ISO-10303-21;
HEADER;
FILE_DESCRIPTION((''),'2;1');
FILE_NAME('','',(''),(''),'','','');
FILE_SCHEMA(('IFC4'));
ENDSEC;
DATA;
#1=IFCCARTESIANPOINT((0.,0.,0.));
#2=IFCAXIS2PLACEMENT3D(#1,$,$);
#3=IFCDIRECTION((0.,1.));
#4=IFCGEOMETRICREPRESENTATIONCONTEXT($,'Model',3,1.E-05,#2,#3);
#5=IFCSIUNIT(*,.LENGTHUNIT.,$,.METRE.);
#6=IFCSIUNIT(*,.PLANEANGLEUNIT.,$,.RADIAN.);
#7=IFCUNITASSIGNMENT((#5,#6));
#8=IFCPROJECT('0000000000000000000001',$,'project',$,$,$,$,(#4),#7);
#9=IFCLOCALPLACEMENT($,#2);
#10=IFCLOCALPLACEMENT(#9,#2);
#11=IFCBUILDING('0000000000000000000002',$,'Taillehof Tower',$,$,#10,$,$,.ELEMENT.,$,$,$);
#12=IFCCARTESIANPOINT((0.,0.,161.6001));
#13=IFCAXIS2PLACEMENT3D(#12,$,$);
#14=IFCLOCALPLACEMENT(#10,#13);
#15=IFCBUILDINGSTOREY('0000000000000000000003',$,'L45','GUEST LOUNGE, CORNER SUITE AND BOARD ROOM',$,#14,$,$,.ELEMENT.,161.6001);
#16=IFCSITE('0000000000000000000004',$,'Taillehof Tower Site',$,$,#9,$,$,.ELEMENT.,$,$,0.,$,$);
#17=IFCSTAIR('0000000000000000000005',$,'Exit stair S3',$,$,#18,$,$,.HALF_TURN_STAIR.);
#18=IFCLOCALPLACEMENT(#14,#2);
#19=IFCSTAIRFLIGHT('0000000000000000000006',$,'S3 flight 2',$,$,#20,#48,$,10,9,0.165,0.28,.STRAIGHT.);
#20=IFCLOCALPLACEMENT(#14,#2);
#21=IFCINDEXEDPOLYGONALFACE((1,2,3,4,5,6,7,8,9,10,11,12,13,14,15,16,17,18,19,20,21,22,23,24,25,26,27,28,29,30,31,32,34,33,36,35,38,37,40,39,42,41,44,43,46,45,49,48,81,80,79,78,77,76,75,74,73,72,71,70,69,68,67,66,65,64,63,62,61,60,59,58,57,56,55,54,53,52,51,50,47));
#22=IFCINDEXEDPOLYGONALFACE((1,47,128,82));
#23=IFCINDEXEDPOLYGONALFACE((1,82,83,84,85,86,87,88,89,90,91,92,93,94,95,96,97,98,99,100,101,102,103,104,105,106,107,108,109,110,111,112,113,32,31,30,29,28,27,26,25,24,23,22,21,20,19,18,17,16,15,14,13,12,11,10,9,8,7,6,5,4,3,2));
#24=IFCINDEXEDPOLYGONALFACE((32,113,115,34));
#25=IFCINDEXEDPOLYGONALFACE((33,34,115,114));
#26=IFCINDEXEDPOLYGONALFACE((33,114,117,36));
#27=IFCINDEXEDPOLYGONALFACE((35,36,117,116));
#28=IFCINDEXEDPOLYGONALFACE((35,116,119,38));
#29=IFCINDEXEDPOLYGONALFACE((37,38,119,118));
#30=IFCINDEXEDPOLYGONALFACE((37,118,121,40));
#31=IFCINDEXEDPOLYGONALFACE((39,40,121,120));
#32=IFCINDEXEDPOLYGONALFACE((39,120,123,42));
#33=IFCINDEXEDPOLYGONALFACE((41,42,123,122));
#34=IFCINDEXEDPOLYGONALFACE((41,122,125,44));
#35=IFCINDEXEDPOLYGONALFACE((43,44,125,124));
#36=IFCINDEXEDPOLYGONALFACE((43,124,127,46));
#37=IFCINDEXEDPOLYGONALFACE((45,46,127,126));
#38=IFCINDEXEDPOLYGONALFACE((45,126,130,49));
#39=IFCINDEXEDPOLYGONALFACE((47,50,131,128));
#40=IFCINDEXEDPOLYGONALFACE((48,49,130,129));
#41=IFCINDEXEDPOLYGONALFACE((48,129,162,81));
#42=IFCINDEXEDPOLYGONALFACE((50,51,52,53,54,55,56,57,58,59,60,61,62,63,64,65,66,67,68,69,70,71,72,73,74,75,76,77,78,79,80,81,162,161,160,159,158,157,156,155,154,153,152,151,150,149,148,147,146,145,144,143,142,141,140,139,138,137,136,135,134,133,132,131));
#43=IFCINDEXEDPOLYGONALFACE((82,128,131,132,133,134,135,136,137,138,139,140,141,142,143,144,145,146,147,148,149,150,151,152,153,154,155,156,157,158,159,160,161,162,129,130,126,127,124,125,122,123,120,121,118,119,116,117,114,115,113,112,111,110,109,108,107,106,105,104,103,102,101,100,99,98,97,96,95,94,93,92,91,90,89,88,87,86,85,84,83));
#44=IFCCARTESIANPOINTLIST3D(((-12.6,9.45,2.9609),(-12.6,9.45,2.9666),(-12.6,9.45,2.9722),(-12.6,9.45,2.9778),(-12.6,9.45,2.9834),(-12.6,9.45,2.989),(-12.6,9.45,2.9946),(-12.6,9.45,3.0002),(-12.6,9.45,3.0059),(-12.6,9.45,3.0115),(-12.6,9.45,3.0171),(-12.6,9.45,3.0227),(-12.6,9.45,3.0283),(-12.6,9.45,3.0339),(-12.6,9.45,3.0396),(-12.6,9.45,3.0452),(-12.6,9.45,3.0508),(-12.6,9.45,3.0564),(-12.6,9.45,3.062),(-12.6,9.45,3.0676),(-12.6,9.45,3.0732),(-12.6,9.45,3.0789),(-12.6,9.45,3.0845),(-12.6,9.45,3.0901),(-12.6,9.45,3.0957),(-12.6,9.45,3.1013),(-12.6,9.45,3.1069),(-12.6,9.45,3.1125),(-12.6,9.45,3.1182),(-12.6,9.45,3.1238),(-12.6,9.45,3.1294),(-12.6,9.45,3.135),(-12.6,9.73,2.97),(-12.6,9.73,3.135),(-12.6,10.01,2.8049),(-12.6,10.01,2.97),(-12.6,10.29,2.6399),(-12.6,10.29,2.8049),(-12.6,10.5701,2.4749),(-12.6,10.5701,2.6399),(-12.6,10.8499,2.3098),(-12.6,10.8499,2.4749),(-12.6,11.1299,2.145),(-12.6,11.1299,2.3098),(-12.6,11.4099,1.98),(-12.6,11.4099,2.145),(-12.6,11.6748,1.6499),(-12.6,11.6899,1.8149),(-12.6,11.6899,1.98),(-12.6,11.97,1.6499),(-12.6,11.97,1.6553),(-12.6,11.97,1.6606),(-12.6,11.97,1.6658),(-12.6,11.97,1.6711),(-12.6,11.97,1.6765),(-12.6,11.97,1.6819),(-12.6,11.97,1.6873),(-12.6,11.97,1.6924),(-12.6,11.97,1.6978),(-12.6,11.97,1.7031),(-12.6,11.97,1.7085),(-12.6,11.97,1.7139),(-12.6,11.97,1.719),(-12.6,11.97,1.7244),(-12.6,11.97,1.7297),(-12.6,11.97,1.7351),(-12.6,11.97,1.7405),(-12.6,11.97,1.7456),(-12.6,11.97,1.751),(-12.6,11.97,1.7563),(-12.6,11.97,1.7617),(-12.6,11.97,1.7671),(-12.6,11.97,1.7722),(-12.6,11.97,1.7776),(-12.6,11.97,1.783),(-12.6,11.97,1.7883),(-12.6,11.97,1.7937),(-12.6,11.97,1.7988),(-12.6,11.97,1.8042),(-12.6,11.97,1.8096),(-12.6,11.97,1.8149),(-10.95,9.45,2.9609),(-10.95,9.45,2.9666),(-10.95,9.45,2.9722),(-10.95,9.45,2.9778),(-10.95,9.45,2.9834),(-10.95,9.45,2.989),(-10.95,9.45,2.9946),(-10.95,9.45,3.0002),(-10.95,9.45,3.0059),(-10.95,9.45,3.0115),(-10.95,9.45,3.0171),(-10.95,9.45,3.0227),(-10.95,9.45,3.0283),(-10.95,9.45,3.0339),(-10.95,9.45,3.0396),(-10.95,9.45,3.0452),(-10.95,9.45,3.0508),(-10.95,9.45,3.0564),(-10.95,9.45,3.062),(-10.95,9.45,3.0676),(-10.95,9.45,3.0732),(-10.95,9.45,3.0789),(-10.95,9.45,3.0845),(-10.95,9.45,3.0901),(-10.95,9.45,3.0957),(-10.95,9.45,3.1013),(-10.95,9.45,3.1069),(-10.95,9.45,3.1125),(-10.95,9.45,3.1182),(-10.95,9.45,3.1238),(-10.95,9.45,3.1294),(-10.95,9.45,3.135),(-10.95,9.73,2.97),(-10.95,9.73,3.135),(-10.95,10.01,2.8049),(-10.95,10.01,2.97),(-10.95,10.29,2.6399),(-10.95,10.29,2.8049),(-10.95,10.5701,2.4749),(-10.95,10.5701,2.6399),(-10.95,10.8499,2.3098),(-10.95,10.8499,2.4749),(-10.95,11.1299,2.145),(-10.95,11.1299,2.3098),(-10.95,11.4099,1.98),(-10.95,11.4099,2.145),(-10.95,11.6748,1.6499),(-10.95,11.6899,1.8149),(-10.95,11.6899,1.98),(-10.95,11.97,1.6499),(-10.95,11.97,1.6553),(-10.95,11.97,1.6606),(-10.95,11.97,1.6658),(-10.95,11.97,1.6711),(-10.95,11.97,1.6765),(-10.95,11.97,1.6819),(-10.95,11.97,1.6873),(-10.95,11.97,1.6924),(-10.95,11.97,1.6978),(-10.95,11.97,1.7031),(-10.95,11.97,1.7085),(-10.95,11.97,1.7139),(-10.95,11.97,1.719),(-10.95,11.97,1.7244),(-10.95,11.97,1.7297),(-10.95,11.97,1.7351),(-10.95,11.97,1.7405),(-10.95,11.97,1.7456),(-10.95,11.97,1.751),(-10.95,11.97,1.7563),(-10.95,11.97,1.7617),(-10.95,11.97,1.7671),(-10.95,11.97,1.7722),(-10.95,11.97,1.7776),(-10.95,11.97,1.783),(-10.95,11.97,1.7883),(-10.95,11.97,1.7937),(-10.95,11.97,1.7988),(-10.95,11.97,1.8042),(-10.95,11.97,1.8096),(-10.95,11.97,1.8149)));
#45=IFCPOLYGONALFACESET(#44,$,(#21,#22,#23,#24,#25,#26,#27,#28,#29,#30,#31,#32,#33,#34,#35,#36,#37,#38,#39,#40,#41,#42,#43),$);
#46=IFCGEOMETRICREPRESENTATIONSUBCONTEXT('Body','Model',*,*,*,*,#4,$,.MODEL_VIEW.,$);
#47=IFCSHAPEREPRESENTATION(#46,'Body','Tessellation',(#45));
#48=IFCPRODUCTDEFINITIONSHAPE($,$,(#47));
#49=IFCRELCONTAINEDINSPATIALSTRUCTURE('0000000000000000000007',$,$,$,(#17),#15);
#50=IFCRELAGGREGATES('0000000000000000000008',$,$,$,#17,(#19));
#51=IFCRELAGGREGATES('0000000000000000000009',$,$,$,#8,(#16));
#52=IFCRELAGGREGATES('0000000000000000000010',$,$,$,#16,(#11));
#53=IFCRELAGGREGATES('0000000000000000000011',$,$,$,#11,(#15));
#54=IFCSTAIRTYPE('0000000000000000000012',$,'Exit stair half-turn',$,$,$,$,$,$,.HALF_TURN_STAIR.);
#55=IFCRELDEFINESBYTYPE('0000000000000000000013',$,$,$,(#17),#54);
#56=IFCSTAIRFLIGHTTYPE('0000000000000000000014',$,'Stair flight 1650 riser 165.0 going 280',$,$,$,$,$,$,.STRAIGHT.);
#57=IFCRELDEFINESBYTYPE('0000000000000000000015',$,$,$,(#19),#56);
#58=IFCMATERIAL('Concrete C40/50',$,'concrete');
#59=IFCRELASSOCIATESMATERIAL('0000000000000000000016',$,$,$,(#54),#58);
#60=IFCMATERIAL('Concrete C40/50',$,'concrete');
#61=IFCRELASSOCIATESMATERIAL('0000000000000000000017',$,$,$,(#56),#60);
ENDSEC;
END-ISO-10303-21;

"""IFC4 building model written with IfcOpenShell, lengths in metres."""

from ifc_helpers import new_model, si_unit, direction, frame, origin, place, context, subcontext, project, spatial, polyline, outline, extrude, material, type_object, element, aggregate, save


model = new_model("IFC4")

# Units and contexts
model_context = context("Model", 3, precision=1e-05, world=origin(), true_north=direction((0.0, 1.0)))
body_context = subcontext(model_context, "Body", "Model", "MODEL_VIEW")
ifc_project = project(units=[si_unit("LENGTHUNIT", "METRE"), si_unit("PLANEANGLEUNIT", "RADIAN")], contexts=[model_context])

# Site, building, storey
site_placement = place(None, origin())
site = spatial("IfcSite", under=ifc_project, at=site_placement, Name="Taillehof Tower Site", CompositionType="ELEMENT", RefElevation=0.0)
building_placement = place(site_placement, origin())
building = spatial("IfcBuilding", under=site, at=building_placement, Name="Taillehof Tower", CompositionType="ELEMENT")
storey_placement = place(building_placement, frame((0.0, 0.0, 161.6001)))
storey = spatial("IfcBuildingStorey", under=building, at=storey_placement, Name="L45", Description="GUEST LOUNGE, CORNER SUITE AND BOARD ROOM", CompositionType="ELEMENT", Elevation=161.6001)

# Stair, stair flight
ifc_material_1 = material(Name="Concrete C40/50", Category="concrete")
stair_type = type_object("IfcStairType", Name="Exit stair half-turn", PredefinedType="HALF_TURN_STAIR", material=ifc_material_1)
stair_placement = place(storey_placement, origin())
stair = element("IfcStair", 1, at=stair_placement, inside=storey, type_object=stair_type, Name="Exit stair S3", PredefinedType="HALF_TURN_STAIR")
ifc_material_2 = material(Name="Concrete C40/50", Category="concrete")
stair_flight_type = type_object("IfcStairFlightType", Name="Stair flight 1650 riser 165.0 going 280", PredefinedType="STRAIGHT", material=ifc_material_2)
stair_flight_placement = place(storey_placement, frame((-11.7749, 11.97, 1.6499), z_axis=(0.0, 0.0, 1.0), x_axis=(0.0, -1.0, 0.0)))
stair_flight = element("IfcStairFlight", 2, at=stair_flight_placement, type_object=stair_flight_type, Name="S3 flight 2", NumberOfRisers=10, NumberOfTreads=9, PredefinedType="STRAIGHT", RiserHeight=0.165, TreadLength=0.28, context=body_context, shape_type="SweptSolid", body=[
    extrude(outline(polyline([(0.0, 0.0), (0.0, 0.0054), (0.0, 0.0107), (0.0, 0.0159), (0.0, 0.0212), (0.0, 0.0266), (0.0, 0.032), (0.0, 0.0374), (0.0, 0.0425), (0.0, 0.0479), (0.0, 0.0532), (0.0, 0.0586), (0.0, 0.064), (0.0, 0.0691), (0.0, 0.0745), (0.0, 0.0798), (0.0, 0.0852), (0.0, 0.0906), (0.0, 0.0957), (0.0, 0.1011), (0.0, 0.1064), (0.0, 0.1118), (0.0, 0.1172), (0.0, 0.1223), (0.0, 0.1277), (0.0, 0.1331), (0.0, 0.1384), (0.0, 0.1438), (0.0, 0.1489), (0.0, 0.1543), (0.0, 0.1597), (0.0, 0.165), (0.28, 0.165), (0.28, 0.3301), (0.5601, 0.3301), (0.5601, 0.4951), (0.8401, 0.4951), (0.8401, 0.6599), (1.1201, 0.6599), (1.1201, 0.825), (1.3999, 0.825), (1.3999, 0.99), (1.6799, 0.99), (1.6799, 1.155), (1.96, 1.155), (1.96, 1.3201), (2.24, 1.3201), (2.24, 1.4851), (2.52, 1.4851), (2.52, 1.4795), (2.52, 1.4739), (2.52, 1.4683), (2.52, 1.4626), (2.52, 1.457), (2.52, 1.4514), (2.52, 1.4458), (2.52, 1.4402), (2.52, 1.4346), (2.52, 1.429), (2.52, 1.4233), (2.52, 1.4177), (2.52, 1.4121), (2.52, 1.4065), (2.52, 1.4009), (2.52, 1.3953), (2.52, 1.3896), (2.52, 1.384), (2.52, 1.3784), (2.52, 1.3728), (2.52, 1.3672), (2.52, 1.3616), (2.52, 1.356), (2.52, 1.3503), (2.52, 1.3447), (2.52, 1.3391), (2.52, 1.3335), (2.52, 1.3279), (2.52, 1.3223), (2.52, 1.3167), (2.52, 1.311), (0.2952, 0.0), (0.0, 0.0)])), frame((0.0, 0.825, 0.0), z_axis=(0.0, -1.0, 0.0), x_axis=(1.0, 0.0, 0.0)), (0.0, 0.0, 1.0), 1.65),
])
aggregate(stair, [stair_flight])

save(model, "model.ifc")
